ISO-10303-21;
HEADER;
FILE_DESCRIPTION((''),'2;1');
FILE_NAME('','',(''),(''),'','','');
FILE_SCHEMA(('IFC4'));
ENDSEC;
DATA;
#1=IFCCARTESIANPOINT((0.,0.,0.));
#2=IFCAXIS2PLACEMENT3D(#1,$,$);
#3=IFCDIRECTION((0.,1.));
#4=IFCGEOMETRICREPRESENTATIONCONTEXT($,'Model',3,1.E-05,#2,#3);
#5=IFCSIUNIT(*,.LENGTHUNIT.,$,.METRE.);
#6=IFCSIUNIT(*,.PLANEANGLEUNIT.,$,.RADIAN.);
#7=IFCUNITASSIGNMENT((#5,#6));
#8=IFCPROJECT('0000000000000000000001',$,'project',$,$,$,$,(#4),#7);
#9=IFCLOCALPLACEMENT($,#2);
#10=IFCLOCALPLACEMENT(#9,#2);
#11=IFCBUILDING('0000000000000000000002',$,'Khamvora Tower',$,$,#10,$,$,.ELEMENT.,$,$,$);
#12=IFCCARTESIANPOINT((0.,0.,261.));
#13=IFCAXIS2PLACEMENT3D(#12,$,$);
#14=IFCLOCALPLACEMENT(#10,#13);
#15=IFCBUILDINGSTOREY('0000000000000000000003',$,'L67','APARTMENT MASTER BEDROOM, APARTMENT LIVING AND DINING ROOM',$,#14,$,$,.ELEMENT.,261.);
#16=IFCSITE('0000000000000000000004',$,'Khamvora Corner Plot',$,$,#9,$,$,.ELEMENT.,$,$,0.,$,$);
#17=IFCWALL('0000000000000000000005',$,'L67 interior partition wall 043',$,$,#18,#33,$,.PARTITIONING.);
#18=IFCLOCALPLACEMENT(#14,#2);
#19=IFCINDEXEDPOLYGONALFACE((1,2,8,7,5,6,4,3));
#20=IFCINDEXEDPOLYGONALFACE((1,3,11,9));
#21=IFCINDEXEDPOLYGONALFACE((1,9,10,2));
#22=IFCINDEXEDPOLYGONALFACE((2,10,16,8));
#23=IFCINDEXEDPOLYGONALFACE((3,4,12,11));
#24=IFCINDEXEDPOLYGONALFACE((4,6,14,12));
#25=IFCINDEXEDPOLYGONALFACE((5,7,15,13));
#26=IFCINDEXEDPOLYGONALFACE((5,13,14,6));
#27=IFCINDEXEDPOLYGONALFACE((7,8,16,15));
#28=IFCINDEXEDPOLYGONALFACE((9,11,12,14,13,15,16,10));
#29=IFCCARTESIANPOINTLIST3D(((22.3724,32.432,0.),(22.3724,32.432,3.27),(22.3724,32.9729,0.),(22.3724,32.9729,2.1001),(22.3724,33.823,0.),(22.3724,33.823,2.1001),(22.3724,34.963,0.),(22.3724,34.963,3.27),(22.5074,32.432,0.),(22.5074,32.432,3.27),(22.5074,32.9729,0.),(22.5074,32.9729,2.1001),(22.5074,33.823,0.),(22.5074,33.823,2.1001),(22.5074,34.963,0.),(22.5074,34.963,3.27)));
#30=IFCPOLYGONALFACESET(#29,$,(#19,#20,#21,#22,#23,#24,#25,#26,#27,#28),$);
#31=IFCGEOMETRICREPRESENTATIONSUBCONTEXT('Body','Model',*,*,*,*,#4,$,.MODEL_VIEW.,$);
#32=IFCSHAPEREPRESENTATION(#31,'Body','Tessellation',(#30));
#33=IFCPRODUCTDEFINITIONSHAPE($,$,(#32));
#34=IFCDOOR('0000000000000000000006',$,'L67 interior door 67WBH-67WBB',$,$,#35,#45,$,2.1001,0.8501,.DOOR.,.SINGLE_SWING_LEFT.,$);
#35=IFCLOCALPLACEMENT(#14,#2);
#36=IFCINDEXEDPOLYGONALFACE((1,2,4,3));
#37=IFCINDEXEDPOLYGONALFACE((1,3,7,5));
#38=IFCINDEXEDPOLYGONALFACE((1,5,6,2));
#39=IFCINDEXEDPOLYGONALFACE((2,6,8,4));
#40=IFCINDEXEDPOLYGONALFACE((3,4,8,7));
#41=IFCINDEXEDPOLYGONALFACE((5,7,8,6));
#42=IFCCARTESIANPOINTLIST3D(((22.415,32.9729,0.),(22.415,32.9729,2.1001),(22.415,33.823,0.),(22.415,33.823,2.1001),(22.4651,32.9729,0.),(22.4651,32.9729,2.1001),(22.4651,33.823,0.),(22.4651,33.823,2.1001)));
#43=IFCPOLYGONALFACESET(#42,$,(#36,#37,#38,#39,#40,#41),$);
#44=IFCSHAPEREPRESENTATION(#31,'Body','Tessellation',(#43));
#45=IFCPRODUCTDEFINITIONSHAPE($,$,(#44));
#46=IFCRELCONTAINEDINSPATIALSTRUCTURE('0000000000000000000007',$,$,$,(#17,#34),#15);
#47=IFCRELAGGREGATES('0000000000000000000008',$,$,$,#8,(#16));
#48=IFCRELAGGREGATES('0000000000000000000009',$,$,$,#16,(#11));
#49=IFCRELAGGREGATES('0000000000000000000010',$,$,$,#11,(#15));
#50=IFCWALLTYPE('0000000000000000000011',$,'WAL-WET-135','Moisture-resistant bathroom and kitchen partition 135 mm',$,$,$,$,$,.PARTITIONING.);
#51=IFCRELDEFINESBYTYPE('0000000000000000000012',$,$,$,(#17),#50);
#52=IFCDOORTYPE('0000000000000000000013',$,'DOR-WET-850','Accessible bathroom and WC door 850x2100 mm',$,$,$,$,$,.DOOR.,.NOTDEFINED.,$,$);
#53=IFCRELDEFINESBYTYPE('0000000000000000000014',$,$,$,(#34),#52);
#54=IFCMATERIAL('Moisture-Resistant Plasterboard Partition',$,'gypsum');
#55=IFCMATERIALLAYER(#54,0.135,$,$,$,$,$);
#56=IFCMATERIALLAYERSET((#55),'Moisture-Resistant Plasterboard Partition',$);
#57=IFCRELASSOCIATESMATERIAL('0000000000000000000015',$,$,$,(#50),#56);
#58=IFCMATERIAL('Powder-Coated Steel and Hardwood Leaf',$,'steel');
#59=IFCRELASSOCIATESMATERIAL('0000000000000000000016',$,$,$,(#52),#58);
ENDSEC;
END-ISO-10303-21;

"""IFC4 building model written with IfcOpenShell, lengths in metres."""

from ifc_helpers import new_model, si_unit, direction, frame, frame_2d, origin, place, context, subcontext, project, spatial, rectangle, extrude, material, layer, layer_set, type_object, element, fill, save


model = new_model("IFC4")

# Units and contexts
model_context = context("Model", 3, precision=1e-05, world=origin(), true_north=direction((0.0, 1.0)))
body_context = subcontext(model_context, "Body", "Model", "MODEL_VIEW")
ifc_project = project(units=[si_unit("LENGTHUNIT", "METRE"), si_unit("PLANEANGLEUNIT", "RADIAN")], contexts=[model_context])

# Site, building, storey
site_placement = place(None, origin())
site = spatial("IfcSite", under=ifc_project, at=site_placement, Name="Khamvora Corner Plot", CompositionType="ELEMENT", RefElevation=0.0)
building_placement = place(site_placement, origin())
building = spatial("IfcBuilding", under=site, at=building_placement, Name="Khamvora Tower", CompositionType="ELEMENT")
storey_placement = place(building_placement, frame((0.0, 0.0, 261.0)))
storey = spatial("IfcBuildingStorey", under=building, at=storey_placement, Name="L67", Description="APARTMENT MASTER BEDROOM, APARTMENT LIVING AND DINING ROOM", CompositionType="ELEMENT", Elevation=261.0)

# Shared definitions
ifc_material_1 = material(Name="Powder-Coated Steel and Hardwood Leaf", Category="steel")

# Wall, opening, door
ifc_material_2 = material(Name="Moisture-Resistant Plasterboard Partition", Category="gypsum")
ifc_layer_1 = layer(ifc_material_2, 0.135)
ifc_layer_set_1 = layer_set([ifc_layer_1], Name="Moisture-Resistant Plasterboard Partition")
wall_type_1 = type_object("IfcWallType", Name="WAL-WET-135", Description="Moisture-resistant bathroom and kitchen partition 135 mm", PredefinedType="PARTITIONING", material=ifc_layer_set_1)
wall_1_placement = place(storey_placement, frame((22.4399, 32.4319, 0.0), z_axis=(0.0, 0.0, 1.0), x_axis=(0.0, 1.0, 0.0)))
wall_1 = element("IfcWall", 1, at=wall_1_placement, inside=storey, type_object=wall_type_1, Name="L67 interior partition wall 043", PredefinedType="PARTITIONING", context=body_context, shape_type="SweptSolid", body=[
    extrude(rectangle(XDim=2.531, YDim=0.135, at=frame_2d((1.2656, 0.0))), origin(), (0.0, 0.0, 1.0), 3.27),
])
opening_1_placement = place(wall_1_placement, frame((0.541, 0.0, 0.0)))
opening_1 = element("IfcOpeningElement", 2, at=opening_1_placement, cuts=wall_1, PredefinedType="OPENING", context=body_context, shape_type="SweptSolid", body=[
    extrude(rectangle(XDim=0.8501, YDim=2.1001, at=frame_2d((0.425, 1.05))), frame((0.0, 0.0774, 0.0), z_axis=(0.0, -1.0, 0.0), x_axis=(1.0, 0.0, 0.0)), (0.0, 0.0, 1.0), 0.155),
])
door_type_1 = type_object("IfcDoorType", Name="DOR-WET-850", Description="Accessible bathroom and WC door 850x2100 mm", OperationType="NOTDEFINED", PredefinedType="DOOR", material=ifc_material_1)
door_1_placement = place(opening_1_placement, origin())
door_1 = element("IfcDoor", 3, at=door_1_placement, inside=storey, type_object=door_type_1, Name="L67 interior door 67WBH-67WBB", OperationType="SINGLE_SWING_LEFT", OverallHeight=2.1001, OverallWidth=0.8501, PredefinedType="DOOR", context=body_context, shape_type="SweptSolid", body=[
    extrude(rectangle(XDim=0.8501, YDim=2.1001, at=frame_2d((0.425, 1.05))), frame((0.0, 0.0249, 0.0), z_axis=(0.0, -1.0, 0.0), x_axis=(1.0, 0.0, 0.0)), (0.0, 0.0, 1.0), 0.05),
])
fill(opening_1, door_1)

save(model, "model.ifc")
